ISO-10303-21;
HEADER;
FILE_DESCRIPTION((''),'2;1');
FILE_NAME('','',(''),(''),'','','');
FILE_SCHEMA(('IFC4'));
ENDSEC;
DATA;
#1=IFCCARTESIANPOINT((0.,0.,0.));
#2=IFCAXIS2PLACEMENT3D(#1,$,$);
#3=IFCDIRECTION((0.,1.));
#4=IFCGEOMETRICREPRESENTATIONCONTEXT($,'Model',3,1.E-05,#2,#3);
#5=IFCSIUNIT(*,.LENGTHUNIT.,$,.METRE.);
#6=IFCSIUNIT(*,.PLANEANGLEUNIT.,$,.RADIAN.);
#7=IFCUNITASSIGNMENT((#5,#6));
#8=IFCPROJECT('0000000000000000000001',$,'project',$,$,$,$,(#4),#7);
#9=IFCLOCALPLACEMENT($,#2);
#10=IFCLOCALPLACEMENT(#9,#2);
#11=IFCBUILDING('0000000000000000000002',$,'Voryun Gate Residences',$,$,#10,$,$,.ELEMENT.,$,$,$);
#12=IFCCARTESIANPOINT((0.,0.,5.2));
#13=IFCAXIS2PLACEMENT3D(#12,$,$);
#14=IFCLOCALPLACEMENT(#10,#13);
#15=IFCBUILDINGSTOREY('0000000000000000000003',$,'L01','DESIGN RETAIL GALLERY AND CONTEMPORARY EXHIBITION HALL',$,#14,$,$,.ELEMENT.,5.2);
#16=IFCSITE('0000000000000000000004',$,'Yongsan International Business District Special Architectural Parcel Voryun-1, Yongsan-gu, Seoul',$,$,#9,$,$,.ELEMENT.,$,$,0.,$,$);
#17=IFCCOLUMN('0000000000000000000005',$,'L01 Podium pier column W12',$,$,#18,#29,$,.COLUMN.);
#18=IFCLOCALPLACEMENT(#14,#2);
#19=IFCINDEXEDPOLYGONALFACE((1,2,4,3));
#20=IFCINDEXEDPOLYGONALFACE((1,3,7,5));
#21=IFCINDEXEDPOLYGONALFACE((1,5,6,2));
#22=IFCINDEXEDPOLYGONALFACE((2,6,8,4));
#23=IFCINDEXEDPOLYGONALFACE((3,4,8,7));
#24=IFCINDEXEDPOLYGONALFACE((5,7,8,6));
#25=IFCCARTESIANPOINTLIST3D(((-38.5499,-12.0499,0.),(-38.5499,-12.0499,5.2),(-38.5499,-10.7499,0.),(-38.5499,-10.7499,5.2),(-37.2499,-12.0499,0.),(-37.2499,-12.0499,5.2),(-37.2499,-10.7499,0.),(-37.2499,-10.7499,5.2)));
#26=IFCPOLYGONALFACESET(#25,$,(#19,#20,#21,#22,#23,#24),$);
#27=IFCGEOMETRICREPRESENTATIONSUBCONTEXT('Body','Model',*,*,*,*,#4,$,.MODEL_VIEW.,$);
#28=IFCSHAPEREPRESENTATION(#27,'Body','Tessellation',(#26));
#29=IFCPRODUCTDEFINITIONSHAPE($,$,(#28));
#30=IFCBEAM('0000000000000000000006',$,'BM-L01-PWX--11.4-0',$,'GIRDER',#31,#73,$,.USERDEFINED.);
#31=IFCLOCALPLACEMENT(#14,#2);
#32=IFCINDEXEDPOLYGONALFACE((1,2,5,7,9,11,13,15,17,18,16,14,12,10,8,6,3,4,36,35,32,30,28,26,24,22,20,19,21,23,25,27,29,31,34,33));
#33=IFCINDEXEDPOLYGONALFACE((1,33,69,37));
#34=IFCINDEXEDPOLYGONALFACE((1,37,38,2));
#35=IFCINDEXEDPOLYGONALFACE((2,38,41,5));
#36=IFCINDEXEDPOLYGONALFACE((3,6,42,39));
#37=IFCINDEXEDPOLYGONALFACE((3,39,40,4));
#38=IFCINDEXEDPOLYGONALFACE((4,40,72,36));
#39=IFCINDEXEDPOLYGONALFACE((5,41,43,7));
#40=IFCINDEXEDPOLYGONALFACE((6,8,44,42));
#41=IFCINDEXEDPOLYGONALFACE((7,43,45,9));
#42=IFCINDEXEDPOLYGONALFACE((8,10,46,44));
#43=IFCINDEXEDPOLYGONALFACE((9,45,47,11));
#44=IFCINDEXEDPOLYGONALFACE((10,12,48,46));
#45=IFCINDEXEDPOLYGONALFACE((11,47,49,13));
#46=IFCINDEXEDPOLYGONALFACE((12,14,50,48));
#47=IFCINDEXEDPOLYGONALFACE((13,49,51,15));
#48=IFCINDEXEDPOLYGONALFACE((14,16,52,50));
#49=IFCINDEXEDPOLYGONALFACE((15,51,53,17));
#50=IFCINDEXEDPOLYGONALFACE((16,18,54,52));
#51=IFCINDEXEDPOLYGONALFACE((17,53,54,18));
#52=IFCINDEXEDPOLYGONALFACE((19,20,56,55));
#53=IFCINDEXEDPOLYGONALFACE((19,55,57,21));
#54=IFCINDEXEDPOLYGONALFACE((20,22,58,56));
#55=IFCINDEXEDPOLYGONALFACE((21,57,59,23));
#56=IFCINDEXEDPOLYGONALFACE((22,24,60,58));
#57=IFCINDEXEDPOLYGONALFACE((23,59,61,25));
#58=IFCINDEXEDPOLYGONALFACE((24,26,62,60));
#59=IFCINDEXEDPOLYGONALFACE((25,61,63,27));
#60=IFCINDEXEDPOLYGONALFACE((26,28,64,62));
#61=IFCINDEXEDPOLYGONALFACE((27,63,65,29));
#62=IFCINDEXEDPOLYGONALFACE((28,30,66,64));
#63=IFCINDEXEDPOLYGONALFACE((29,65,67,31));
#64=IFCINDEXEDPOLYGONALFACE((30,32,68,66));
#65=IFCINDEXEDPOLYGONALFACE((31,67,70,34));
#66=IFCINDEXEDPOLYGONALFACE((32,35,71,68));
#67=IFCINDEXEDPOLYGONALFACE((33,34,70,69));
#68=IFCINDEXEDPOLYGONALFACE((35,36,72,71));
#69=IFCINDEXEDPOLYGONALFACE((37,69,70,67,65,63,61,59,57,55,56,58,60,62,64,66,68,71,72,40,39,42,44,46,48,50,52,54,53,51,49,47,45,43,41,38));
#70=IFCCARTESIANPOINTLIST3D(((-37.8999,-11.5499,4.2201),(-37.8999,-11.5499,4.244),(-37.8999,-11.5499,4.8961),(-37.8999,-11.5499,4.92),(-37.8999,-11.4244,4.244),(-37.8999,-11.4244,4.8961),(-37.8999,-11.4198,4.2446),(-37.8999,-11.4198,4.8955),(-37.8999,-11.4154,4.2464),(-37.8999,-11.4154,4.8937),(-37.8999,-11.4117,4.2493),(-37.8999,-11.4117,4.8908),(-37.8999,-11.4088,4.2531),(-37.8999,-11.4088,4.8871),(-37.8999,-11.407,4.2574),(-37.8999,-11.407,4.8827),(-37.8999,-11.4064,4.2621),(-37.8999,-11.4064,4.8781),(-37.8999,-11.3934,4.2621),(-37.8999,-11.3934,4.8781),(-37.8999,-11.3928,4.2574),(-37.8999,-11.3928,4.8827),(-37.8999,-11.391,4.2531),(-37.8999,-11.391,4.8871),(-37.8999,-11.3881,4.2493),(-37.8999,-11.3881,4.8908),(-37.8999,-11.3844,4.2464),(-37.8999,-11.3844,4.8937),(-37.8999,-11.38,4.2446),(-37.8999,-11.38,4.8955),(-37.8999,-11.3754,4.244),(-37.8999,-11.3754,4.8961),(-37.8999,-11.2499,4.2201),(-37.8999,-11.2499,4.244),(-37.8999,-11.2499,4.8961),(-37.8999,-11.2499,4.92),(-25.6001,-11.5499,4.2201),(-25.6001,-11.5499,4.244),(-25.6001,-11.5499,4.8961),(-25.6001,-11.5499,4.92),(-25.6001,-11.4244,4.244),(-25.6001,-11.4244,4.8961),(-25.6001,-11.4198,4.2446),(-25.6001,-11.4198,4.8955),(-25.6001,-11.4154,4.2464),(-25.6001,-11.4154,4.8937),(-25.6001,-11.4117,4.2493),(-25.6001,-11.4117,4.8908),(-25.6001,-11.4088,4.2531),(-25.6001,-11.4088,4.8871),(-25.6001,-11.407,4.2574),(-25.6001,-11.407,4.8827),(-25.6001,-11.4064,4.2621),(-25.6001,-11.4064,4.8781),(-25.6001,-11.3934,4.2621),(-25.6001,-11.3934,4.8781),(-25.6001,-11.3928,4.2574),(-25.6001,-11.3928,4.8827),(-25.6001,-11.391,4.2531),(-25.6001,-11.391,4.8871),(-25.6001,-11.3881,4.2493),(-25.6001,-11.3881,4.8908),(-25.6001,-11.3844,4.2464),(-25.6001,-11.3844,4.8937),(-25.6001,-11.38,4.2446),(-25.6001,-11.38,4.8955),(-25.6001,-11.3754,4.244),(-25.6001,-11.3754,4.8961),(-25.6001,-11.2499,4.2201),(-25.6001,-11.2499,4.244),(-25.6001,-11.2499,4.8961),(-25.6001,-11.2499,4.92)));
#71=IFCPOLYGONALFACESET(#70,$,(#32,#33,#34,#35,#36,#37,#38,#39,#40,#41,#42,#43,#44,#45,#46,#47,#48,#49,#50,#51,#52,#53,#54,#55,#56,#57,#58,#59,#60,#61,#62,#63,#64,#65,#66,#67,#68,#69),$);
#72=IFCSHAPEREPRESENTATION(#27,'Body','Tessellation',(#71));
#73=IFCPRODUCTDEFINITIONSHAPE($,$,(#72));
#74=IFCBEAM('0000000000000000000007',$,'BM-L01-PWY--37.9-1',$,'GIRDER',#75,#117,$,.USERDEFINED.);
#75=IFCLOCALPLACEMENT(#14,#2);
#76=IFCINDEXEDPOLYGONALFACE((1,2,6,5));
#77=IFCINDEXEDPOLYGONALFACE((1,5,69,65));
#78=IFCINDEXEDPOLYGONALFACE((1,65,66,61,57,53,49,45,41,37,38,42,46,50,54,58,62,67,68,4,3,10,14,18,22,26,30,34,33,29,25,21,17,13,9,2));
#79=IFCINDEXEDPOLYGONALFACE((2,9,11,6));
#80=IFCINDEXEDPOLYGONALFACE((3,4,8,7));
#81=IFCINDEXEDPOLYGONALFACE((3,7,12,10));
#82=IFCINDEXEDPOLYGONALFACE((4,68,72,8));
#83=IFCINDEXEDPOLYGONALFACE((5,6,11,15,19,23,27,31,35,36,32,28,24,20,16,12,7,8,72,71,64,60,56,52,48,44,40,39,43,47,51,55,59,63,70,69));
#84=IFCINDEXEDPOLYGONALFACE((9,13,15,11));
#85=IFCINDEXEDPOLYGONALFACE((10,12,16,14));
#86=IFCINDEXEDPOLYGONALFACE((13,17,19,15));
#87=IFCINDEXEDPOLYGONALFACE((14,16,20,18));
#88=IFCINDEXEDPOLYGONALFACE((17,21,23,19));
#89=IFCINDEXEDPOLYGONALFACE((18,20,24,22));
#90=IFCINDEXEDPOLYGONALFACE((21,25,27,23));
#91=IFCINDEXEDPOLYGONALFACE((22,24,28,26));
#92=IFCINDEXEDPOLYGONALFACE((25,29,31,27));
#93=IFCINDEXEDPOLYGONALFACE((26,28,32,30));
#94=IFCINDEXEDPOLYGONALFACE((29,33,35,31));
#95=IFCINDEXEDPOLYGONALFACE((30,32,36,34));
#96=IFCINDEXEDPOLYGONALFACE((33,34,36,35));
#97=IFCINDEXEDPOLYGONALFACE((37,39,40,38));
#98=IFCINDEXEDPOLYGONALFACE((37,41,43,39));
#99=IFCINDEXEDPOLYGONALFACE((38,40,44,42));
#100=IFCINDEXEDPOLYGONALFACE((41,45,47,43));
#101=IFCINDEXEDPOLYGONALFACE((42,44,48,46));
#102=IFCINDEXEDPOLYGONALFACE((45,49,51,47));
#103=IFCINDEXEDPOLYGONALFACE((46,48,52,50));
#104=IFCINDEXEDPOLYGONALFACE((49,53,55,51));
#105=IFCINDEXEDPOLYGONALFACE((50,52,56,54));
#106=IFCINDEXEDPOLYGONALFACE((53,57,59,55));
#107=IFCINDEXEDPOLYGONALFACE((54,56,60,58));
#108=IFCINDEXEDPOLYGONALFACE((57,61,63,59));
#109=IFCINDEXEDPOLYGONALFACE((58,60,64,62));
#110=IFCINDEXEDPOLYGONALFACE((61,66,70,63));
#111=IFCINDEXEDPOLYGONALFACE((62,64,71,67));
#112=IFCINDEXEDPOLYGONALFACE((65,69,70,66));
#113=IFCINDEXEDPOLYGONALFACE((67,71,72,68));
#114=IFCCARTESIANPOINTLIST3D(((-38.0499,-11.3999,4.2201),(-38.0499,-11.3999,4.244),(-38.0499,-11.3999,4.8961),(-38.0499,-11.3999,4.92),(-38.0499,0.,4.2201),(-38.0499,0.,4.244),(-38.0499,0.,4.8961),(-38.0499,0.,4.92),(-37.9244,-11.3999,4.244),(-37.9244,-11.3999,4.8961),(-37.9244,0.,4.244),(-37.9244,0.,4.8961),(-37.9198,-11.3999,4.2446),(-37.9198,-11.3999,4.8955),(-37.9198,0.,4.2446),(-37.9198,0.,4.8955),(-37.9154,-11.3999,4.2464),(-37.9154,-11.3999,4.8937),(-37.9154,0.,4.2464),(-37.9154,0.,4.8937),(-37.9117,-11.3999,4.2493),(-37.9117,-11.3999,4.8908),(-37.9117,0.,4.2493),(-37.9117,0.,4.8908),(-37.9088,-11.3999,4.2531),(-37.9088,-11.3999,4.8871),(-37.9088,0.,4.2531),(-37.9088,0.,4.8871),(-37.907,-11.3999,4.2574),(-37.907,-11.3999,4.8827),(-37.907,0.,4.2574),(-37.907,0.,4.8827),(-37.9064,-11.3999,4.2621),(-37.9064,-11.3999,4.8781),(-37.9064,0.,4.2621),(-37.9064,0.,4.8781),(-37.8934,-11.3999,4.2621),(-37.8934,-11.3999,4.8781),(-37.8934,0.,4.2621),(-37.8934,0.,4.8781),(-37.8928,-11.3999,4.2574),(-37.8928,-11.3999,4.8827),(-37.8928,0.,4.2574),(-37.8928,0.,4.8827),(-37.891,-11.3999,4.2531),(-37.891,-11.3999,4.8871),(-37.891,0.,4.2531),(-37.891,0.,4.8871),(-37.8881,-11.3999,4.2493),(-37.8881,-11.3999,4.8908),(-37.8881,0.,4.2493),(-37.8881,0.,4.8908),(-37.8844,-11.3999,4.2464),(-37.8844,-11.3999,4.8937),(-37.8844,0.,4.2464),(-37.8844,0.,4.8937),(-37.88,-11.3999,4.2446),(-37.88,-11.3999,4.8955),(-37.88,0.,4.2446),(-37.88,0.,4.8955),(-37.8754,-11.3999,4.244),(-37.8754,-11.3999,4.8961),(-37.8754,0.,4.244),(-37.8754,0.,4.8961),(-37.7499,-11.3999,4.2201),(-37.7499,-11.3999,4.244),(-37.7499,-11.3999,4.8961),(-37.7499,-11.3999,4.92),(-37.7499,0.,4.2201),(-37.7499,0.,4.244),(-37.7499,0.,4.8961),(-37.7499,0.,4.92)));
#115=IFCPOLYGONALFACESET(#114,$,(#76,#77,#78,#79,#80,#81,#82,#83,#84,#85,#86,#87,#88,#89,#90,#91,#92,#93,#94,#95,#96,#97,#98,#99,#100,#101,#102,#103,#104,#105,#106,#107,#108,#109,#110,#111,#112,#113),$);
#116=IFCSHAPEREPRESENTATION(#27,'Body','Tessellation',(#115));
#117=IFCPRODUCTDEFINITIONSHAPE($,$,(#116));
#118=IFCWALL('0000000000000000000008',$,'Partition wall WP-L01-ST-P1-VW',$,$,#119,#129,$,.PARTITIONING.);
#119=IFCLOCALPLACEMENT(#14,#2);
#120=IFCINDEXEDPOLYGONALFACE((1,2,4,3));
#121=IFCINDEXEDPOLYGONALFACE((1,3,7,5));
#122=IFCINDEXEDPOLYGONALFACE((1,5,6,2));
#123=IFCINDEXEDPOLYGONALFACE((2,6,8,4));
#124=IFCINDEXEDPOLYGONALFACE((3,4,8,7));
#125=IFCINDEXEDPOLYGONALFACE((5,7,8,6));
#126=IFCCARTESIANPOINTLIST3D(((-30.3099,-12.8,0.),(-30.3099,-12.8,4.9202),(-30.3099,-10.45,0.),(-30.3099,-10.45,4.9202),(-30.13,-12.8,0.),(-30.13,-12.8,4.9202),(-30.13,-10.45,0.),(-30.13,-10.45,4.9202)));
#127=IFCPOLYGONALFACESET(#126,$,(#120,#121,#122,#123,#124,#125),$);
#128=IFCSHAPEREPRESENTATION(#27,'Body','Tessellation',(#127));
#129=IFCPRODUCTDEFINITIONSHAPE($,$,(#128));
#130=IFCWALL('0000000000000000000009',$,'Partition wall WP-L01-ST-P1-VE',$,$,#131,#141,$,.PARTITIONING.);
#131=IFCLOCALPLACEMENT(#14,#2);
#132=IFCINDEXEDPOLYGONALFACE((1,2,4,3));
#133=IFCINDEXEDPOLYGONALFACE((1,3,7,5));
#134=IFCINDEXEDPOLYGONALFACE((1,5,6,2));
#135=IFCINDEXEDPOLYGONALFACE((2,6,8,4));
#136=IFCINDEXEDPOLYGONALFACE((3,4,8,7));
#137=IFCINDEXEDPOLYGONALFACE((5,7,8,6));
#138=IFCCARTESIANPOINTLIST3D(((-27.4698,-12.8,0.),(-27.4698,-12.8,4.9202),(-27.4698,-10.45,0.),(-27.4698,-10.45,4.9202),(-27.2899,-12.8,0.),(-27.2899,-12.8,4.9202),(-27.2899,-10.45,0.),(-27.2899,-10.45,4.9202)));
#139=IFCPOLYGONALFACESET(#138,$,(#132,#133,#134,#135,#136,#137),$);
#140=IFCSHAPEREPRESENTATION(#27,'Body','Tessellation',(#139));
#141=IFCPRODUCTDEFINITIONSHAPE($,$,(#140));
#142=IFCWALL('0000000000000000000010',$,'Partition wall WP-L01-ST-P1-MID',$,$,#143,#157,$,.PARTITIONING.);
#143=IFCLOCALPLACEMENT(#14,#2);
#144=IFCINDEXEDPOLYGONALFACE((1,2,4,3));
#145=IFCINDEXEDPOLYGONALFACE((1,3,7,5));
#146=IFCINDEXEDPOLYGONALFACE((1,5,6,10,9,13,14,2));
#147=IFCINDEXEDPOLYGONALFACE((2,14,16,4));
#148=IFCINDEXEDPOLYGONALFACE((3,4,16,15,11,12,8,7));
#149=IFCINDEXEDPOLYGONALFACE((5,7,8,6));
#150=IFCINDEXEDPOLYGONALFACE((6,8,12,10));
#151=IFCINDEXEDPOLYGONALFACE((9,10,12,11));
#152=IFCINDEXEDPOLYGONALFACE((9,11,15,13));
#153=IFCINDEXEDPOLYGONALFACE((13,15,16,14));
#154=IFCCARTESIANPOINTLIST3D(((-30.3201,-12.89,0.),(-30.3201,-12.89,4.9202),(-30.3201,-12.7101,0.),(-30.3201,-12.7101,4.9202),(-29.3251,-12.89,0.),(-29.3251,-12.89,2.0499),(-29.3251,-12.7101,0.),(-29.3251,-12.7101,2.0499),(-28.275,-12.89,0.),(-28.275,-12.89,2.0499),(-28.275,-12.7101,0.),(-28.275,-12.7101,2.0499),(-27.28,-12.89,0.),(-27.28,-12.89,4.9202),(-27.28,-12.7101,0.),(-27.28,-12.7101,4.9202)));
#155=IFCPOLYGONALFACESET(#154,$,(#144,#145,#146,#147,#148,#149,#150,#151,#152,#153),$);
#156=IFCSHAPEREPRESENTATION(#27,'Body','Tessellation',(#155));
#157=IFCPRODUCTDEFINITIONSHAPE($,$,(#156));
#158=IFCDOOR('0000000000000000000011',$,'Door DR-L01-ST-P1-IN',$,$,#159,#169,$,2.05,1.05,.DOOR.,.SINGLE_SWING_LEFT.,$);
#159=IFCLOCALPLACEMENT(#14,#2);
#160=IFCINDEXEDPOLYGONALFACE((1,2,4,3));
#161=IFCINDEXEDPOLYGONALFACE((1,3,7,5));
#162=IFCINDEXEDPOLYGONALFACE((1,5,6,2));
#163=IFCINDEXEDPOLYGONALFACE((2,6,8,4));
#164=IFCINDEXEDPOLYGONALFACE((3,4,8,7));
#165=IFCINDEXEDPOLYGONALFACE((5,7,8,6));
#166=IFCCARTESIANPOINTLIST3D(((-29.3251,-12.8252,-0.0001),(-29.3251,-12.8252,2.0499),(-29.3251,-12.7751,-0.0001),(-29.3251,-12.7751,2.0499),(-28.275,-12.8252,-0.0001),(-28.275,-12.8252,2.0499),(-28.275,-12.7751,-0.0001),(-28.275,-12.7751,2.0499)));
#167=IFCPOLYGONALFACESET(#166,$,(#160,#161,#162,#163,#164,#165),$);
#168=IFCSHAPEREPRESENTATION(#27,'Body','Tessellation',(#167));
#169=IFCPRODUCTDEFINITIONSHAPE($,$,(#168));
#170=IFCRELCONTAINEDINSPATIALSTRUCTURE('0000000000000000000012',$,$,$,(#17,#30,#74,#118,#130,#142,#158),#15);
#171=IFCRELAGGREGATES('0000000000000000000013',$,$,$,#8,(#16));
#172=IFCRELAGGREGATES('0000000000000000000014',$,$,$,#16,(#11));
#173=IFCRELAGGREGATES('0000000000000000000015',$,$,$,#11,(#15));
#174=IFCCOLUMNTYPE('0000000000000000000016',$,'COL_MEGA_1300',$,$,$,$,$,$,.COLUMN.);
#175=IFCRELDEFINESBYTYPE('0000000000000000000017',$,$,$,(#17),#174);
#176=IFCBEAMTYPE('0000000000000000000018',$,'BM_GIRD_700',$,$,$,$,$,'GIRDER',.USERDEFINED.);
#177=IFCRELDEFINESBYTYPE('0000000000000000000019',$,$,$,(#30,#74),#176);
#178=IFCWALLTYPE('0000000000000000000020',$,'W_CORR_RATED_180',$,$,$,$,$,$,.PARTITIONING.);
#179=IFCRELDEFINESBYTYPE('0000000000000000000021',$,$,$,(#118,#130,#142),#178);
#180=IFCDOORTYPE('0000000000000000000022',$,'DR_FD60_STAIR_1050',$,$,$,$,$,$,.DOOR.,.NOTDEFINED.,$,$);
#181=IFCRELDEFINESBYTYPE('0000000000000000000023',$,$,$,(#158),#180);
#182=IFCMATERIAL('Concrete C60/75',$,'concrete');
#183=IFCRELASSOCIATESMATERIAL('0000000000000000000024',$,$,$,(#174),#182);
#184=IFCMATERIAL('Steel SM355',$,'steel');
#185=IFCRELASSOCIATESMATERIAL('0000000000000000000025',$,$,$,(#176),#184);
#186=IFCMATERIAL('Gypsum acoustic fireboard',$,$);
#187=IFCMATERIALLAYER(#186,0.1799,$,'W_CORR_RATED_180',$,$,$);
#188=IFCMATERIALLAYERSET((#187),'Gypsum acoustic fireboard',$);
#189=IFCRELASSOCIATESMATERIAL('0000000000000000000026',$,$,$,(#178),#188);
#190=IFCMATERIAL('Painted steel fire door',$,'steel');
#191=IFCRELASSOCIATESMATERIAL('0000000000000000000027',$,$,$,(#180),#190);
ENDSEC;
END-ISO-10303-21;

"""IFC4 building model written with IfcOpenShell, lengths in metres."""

from ifc_helpers import new_model, si_unit, direction, frame, frame_2d, origin, origin_2d, place, context, subcontext, project, spatial, rectangle, i_section, extrude, material, layer, layer_set, material_profile, profile_set, type_object, element, fill, save


model = new_model("IFC4")

# Units and contexts
model_context = context("Model", 3, precision=1e-05, world=origin(), true_north=direction((0.0, 1.0)))
body_context = subcontext(model_context, "Body", "Model", "MODEL_VIEW")
ifc_project = project(units=[si_unit("LENGTHUNIT", "METRE"), si_unit("PLANEANGLEUNIT", "RADIAN")], contexts=[model_context])

# Site, building, storey
site_placement = place(None, origin())
site = spatial("IfcSite", under=ifc_project, at=site_placement, Name="Yongsan International Business District Special Architectural Parcel Voryun-1, Yongsan-gu, Seoul", CompositionType="ELEMENT", RefElevation=0.0)
building_placement = place(site_placement, origin())
building = spatial("IfcBuilding", under=site, at=building_placement, Name="Voryun Gate Residences", CompositionType="ELEMENT")
storey_placement = place(building_placement, frame((0.0, 0.0, 5.2)))
storey = spatial("IfcBuildingStorey", under=building, at=storey_placement, Name="L01", Description="DESIGN RETAIL GALLERY AND CONTEMPORARY EXHIBITION HALL", CompositionType="ELEMENT", Elevation=5.2)

# Column
ifc_material_1 = material(Name="Concrete C60/75", Category="concrete")
ifc_material_profile_1 = material_profile(ifc_material_1, rectangle(XDim=1.3, YDim=1.3, at=origin_2d()), Name="RC-1300x1300")
ifc_profile_set_1 = profile_set([ifc_material_profile_1], Name="Concrete C60/75")
column_type = type_object("IfcColumnType", Name="COL_MEGA_1300", PredefinedType="COLUMN", material=ifc_profile_set_1)
column_placement = place(storey_placement, frame((-37.8999, -11.3999, 0.0), z_axis=(0.0, 0.0, 1.0), x_axis=(1.0, 0.0, 0.0)))
element("IfcColumn", 1, at=column_placement, inside=storey, type_object=column_type, Name="L01 Podium pier column W12", PredefinedType="COLUMN", context=body_context, shape_type="SweptSolid", body=[
    extrude(rectangle(XDim=1.3, YDim=1.3, at=origin_2d()), origin(), (0.0, 0.0, 1.0), 5.2),
])

# Beams
ifc_material_2 = material(Name="Steel SM355", Category="steel")
ifc_material_profile_2 = material_profile(ifc_material_2, i_section(OverallWidth=0.3, OverallDepth=0.7, WebThickness=0.0129, FlangeThickness=0.0239, FilletRadius=0.0181, at=origin_2d()), Name="H-700x300x13x24")
ifc_profile_set_2 = profile_set([ifc_material_profile_2], Name="Steel SM355")
beam_type = type_object("IfcBeamType", Name="BM_GIRD_700", ElementType="GIRDER", PredefinedType="USERDEFINED", material=ifc_profile_set_2)
beam_1_placement = place(storey_placement, frame((-37.8999, -11.3999, 4.5701), z_axis=(1.0, 0.0, 0.0), x_axis=(0.0, 1.0, 0.0)))
element("IfcBeam", 2, at=beam_1_placement, inside=storey, type_object=beam_type, Name="BM-L01-PWX--11.4-0", ObjectType="GIRDER", PredefinedType="USERDEFINED", context=body_context, shape_type="SweptSolid", body=[
    extrude(i_section(OverallWidth=0.3, OverallDepth=0.7, WebThickness=0.0129, FlangeThickness=0.0239, FilletRadius=0.0181, at=origin_2d()), origin(), (0.0, 0.0, 1.0), 12.2998),
])
beam_2_placement = place(storey_placement, frame((-37.8999, -11.3999, 4.5701), z_axis=(0.0, 1.0, 0.0), x_axis=(-1.0, 0.0, 0.0)))
element("IfcBeam", 3, at=beam_2_placement, inside=storey, type_object=beam_type, Name="BM-L01-PWY--37.9-1", ObjectType="GIRDER", PredefinedType="USERDEFINED", context=body_context, shape_type="SweptSolid", body=[
    extrude(i_section(OverallWidth=0.3, OverallDepth=0.7, WebThickness=0.0129, FlangeThickness=0.0239, FilletRadius=0.0181, at=origin_2d()), origin(), (0.0, 0.0, 1.0), 11.3999),
])

# Walls
ifc_material_3 = material(Name="Gypsum acoustic fireboard")
ifc_layer = layer(ifc_material_3, 0.1799, Name="W_CORR_RATED_180")
ifc_layer_set = layer_set([ifc_layer], Name="Gypsum acoustic fireboard")
wall_type = type_object("IfcWallType", Name="W_CORR_RATED_180", PredefinedType="PARTITIONING", material=ifc_layer_set)
for number, where, z_axis, x_axis, name in (
    (4, (-30.22, -12.8, 0.0), (0.0, 0.0, 1.0), (0.0, 1.0, 0.0), "Partition wall WP-L01-ST-P1-VW"),
    (5, (-27.3799, -12.8, 0.0), (0.0, 0.0, 1.0), (0.0, 1.0, 0.0), "Partition wall WP-L01-ST-P1-VE"),
):
    element("IfcWall", number, at=place(storey_placement, frame(where, z_axis=z_axis, x_axis=x_axis)), inside=storey, type_object=wall_type, Name=name, PredefinedType="PARTITIONING", context=body_context, shape_type="SweptSolid", body=[
        extrude(rectangle(XDim=2.3501, YDim=0.1799, at=frame_2d((1.175, 0.0))), origin(), (0.0, 0.0, 1.0), 4.9202),
    ])

# Wall, opening, door
wall_1_placement = place(storey_placement, frame((-30.3201, -12.8, 0.0), z_axis=(0.0, 0.0, 1.0), x_axis=(1.0, 0.0, 0.0)))
wall_1 = element("IfcWall", 6, at=wall_1_placement, inside=storey, type_object=wall_type, Name="Partition wall WP-L01-ST-P1-MID", PredefinedType="PARTITIONING", context=body_context, shape_type="SweptSolid", body=[
    extrude(rectangle(XDim=3.04, YDim=0.1799, at=frame_2d((1.52, 0.0))), origin(), (0.0, 0.0, 1.0), 4.9202),
])
opening_1_placement = place(wall_1_placement, frame((0.9951, 0.0, 0.0)))
opening_1 = element("IfcOpeningElement", 7, at=opening_1_placement, cuts=wall_1, PredefinedType="OPENING", context=body_context, shape_type="SweptSolid", body=[
    extrude(rectangle(XDim=1.05, YDim=2.05, at=frame_2d((0.5249, 1.0249))), frame((0.0, 0.0999, 0.0), z_axis=(0.0, -1.0, 0.0), x_axis=(1.0, 0.0, 0.0)), (0.0, 0.0, 1.0), 0.2),
])
ifc_material_4 = material(Name="Painted steel fire door", Category="steel")
door_type_1 = type_object("IfcDoorType", Name="DR_FD60_STAIR_1050", OperationType="NOTDEFINED", PredefinedType="DOOR", material=ifc_material_4)
door_1_placement = place(opening_1_placement, origin())
door_1 = element("IfcDoor", 8, at=door_1_placement, inside=storey, type_object=door_type_1, Name="Door DR-L01-ST-P1-IN", OperationType="SINGLE_SWING_LEFT", OverallHeight=2.05, OverallWidth=1.05, PredefinedType="DOOR", context=body_context, shape_type="SweptSolid", body=[
    extrude(rectangle(XDim=1.05, YDim=2.05, at=frame_2d((0.5249, 1.0249))), frame((0.0, 0.0249, 0.0), z_axis=(0.0, -1.0, 0.0), x_axis=(1.0, 0.0, 0.0)), (0.0, 0.0, 1.0), 0.05),
])
fill(opening_1, door_1)

save(model, "model.ifc")
